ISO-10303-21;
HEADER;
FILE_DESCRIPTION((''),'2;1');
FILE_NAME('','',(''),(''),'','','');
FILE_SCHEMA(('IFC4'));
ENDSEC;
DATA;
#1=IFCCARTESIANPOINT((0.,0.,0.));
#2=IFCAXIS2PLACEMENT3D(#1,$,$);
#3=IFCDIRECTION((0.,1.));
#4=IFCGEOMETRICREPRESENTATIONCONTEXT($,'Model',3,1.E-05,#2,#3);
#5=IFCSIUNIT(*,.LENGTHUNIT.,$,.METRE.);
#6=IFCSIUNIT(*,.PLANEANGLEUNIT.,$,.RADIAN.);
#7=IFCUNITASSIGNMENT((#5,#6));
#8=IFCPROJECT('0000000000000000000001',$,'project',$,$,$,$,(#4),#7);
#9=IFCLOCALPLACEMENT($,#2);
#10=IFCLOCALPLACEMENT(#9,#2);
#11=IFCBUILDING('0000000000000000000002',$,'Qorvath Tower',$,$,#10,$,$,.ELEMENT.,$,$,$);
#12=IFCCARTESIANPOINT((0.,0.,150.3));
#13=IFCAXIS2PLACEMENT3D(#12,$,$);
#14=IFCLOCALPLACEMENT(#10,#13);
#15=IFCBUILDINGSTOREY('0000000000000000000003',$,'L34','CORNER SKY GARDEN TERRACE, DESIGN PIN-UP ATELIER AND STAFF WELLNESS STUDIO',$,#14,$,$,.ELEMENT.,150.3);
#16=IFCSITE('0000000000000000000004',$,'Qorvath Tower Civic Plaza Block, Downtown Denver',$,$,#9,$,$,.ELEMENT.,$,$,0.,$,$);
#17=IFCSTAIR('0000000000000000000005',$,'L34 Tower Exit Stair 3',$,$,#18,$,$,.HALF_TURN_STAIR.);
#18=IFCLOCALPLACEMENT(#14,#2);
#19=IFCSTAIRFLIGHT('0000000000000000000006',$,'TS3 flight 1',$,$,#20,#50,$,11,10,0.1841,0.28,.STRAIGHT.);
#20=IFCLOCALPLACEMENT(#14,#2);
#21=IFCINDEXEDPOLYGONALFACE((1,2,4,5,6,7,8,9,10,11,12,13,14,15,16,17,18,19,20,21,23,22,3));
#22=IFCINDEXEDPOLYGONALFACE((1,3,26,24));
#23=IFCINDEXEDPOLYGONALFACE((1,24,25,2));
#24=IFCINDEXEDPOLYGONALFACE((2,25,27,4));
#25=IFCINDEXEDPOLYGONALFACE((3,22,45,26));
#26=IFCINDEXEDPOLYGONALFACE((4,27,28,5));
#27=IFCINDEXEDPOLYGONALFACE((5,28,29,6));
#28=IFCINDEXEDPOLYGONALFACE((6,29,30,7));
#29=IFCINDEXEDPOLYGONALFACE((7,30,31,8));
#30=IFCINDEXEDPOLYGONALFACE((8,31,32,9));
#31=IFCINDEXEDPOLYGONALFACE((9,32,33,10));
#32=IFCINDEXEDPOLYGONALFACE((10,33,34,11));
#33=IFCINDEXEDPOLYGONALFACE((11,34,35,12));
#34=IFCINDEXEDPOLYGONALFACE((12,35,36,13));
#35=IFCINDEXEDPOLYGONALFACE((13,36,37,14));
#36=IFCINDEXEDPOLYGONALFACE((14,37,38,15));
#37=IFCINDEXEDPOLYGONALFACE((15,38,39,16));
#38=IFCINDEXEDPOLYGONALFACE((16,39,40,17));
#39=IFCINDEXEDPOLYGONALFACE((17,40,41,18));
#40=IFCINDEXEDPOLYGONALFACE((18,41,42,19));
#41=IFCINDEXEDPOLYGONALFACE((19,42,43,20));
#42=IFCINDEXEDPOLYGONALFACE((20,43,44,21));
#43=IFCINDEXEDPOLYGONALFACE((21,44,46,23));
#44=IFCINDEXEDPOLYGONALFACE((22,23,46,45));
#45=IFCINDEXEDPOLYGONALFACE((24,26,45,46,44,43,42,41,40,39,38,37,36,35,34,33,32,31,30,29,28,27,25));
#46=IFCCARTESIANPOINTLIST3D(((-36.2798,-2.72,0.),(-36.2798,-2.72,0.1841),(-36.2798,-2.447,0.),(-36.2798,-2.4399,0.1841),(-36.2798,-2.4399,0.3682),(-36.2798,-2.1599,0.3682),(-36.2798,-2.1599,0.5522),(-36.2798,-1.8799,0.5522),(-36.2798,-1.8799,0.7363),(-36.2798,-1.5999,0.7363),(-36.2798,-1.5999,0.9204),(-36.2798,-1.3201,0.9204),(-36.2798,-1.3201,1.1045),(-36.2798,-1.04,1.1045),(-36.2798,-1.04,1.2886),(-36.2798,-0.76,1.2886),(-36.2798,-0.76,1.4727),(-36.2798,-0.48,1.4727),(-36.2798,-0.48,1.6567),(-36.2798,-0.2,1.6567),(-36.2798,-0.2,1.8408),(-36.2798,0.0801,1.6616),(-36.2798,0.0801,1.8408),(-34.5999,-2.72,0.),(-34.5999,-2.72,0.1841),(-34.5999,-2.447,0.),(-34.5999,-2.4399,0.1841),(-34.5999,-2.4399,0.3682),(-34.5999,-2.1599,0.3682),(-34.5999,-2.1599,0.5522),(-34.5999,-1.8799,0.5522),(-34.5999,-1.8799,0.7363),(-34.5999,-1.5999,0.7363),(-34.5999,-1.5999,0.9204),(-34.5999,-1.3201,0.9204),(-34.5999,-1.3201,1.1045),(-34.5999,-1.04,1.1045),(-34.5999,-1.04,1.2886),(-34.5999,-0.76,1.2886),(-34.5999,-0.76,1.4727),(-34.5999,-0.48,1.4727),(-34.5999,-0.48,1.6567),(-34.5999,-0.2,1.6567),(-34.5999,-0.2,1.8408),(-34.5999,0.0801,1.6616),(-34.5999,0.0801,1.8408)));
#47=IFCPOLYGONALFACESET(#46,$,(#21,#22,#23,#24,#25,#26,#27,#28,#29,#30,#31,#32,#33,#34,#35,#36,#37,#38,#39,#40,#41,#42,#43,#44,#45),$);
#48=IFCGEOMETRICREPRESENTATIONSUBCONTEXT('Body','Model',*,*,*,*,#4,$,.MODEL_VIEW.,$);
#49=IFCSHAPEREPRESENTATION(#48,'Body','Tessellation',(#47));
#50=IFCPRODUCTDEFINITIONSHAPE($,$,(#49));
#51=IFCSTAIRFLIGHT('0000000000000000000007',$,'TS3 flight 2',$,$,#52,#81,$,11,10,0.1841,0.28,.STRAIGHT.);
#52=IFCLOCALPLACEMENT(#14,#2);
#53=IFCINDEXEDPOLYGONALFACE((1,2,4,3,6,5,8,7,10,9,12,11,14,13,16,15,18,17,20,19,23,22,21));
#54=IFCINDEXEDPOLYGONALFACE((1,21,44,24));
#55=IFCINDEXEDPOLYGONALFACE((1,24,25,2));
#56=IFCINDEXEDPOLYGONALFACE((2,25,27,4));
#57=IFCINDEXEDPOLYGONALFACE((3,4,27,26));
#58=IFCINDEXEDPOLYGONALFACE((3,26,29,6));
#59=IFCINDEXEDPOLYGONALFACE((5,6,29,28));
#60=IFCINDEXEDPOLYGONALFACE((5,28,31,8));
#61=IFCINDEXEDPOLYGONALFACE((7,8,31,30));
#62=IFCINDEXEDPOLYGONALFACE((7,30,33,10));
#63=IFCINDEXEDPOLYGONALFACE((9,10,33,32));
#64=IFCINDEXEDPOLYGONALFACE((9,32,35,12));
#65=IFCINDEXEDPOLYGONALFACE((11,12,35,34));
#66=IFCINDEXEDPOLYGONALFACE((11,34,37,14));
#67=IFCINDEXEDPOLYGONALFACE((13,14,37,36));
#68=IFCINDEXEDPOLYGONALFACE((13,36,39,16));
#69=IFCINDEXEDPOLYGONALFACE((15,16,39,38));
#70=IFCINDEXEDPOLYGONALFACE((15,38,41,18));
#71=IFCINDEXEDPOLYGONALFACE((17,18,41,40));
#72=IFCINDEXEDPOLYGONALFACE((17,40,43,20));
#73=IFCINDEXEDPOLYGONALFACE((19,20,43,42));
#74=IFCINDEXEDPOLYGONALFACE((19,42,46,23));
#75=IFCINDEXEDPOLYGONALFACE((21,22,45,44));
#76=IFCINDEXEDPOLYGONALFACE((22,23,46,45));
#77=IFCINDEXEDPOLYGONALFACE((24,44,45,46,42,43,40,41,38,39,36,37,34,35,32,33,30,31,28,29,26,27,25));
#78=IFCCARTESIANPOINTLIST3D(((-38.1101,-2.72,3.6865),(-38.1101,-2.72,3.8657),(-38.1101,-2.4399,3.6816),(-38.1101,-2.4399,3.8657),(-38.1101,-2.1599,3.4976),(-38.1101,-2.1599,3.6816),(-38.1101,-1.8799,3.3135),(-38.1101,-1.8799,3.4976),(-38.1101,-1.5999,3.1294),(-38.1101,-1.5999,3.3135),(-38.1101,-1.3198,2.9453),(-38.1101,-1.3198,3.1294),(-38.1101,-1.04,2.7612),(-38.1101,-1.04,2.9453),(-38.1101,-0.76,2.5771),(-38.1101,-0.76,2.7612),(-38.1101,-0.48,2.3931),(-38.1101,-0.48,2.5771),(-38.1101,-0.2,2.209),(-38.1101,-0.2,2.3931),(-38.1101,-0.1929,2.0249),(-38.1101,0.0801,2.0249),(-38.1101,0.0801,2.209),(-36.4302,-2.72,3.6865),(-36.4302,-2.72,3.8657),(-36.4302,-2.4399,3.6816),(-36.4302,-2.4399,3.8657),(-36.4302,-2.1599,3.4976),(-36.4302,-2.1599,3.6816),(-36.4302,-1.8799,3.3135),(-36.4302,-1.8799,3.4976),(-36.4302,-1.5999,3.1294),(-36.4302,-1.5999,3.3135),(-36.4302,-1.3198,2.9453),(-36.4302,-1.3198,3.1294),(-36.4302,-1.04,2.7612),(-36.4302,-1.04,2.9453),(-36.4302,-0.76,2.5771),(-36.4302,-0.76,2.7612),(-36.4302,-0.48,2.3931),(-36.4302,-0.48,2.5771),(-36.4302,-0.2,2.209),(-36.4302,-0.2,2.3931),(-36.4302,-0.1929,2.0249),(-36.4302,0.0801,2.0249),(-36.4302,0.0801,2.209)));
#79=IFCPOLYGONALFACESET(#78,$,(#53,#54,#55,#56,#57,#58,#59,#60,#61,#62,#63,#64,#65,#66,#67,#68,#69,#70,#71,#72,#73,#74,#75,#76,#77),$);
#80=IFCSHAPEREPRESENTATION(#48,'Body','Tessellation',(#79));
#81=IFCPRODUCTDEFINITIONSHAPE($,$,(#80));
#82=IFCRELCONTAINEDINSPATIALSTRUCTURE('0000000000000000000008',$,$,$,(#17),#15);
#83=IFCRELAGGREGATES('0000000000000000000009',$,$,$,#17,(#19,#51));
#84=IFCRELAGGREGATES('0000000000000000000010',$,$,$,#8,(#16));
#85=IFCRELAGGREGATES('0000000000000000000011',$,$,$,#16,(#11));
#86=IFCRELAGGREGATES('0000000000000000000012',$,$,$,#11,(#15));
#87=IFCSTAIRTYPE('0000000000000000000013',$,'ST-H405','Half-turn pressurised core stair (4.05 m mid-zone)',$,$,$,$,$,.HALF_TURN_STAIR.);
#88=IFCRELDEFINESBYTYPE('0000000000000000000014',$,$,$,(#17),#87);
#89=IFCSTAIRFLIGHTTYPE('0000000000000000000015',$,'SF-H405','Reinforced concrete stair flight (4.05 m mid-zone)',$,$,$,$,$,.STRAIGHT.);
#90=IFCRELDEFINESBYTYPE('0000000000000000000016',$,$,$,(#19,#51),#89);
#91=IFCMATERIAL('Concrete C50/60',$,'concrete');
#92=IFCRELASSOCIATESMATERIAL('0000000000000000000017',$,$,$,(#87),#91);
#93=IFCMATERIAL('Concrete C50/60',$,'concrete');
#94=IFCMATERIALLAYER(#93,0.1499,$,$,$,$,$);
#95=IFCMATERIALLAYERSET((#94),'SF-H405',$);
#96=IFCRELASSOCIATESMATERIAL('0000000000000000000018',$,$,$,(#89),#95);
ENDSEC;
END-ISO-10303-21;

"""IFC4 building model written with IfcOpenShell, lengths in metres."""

from ifc_helpers import new_model, si_unit, direction, frame, origin, place, context, subcontext, project, spatial, polyline, outline, extrude, material, layer, layer_set, type_object, element, aggregate, save


model = new_model("IFC4")

# Units and contexts
model_context = context("Model", 3, precision=1e-05, world=origin(), true_north=direction((0.0, 1.0)))
body_context = subcontext(model_context, "Body", "Model", "MODEL_VIEW")
ifc_project = project(units=[si_unit("LENGTHUNIT", "METRE"), si_unit("PLANEANGLEUNIT", "RADIAN")], contexts=[model_context])

# Site, building, storey
site_placement = place(None, origin())
site = spatial("IfcSite", under=ifc_project, at=site_placement, Name="Qorvath Tower Civic Plaza Block, Downtown Denver", CompositionType="ELEMENT", RefElevation=0.0)
building_placement = place(site_placement, origin())
building = spatial("IfcBuilding", under=site, at=building_placement, Name="Qorvath Tower", CompositionType="ELEMENT")
storey_placement = place(building_placement, frame((0.0, 0.0, 150.3)))
storey = spatial("IfcBuildingStorey", under=building, at=storey_placement, Name="L34", Description="CORNER SKY GARDEN TERRACE, DESIGN PIN-UP ATELIER AND STAFF WELLNESS STUDIO", CompositionType="ELEMENT", Elevation=150.3)

# Stair, stair flights
ifc_material_1 = material(Name="Concrete C50/60", Category="concrete")
stair_type = type_object("IfcStairType", Name="ST-H405", Description="Half-turn pressurised core stair (4.05 m mid-zone)", PredefinedType="HALF_TURN_STAIR", material=ifc_material_1)
stair_placement = place(storey_placement, origin())
stair = element("IfcStair", 1, at=stair_placement, inside=storey, type_object=stair_type, Name="L34 Tower Exit Stair 3", PredefinedType="HALF_TURN_STAIR")
ifc_material_2 = material(Name="Concrete C50/60", Category="concrete")
ifc_layer_1 = layer(ifc_material_2, 0.1499)
ifc_layer_set_1 = layer_set([ifc_layer_1], Name="SF-H405")
stair_flight_type = type_object("IfcStairFlightType", Name="SF-H405", Description="Reinforced concrete stair flight (4.05 m mid-zone)", PredefinedType="STRAIGHT", material=ifc_layer_set_1)
stair_flight_1_placement = place(storey_placement, frame((-35.4399, -2.72, 0.0), z_axis=(0.0, 0.0, 1.0), x_axis=(0.0, 1.0, 0.0)))
stair_flight_1 = element("IfcStairFlight", 2, at=stair_flight_1_placement, type_object=stair_flight_type, Name="TS3 flight 1", NumberOfRisers=11, NumberOfTreads=10, PredefinedType="STRAIGHT", RiserHeight=0.1841, TreadLength=0.28, context=body_context, shape_type="SweptSolid", body=[
    extrude(outline(polyline([(0.0, 0.0), (0.0, 0.1841), (0.28, 0.1841), (0.28, 0.3682), (0.5601, 0.3682), (0.5601, 0.5522), (0.8401, 0.5522), (0.8401, 0.7363), (1.1201, 0.7363), (1.1201, 0.9204), (1.3999, 0.9204), (1.3999, 1.1045), (1.6799, 1.1045), (1.6799, 1.2886), (1.96, 1.2886), (1.96, 1.4727), (2.24, 1.4727), (2.24, 1.6567), (2.52, 1.6567), (2.52, 1.8408), (2.8, 1.8408), (2.8, 2.0249), (2.8, 1.6616), (0.2729, 0.0), (0.0, 0.0)])), frame((0.0, 0.8398, 0.0), z_axis=(0.0, -1.0, 0.0), x_axis=(1.0, 0.0, 0.0)), (0.0, 0.0, 1.0), 1.6799),
])
stair_flight_2_placement = place(storey_placement, frame((-37.27, 0.0801, 2.0249), z_axis=(0.0, 0.0, 1.0), x_axis=(0.0, -1.0, 0.0)))
stair_flight_2 = element("IfcStairFlight", 3, at=stair_flight_2_placement, type_object=stair_flight_type, Name="TS3 flight 2", NumberOfRisers=11, NumberOfTreads=10, PredefinedType="STRAIGHT", RiserHeight=0.1841, TreadLength=0.28, context=body_context, shape_type="SweptSolid", body=[
    extrude(outline(polyline([(0.0, 0.0), (0.0, 0.1841), (0.28, 0.1841), (0.28, 0.3682), (0.5601, 0.3682), (0.5601, 0.5522), (0.8401, 0.5522), (0.8401, 0.7363), (1.1201, 0.7363), (1.1201, 0.9204), (1.3999, 0.9204), (1.3999, 1.1045), (1.6799, 1.1045), (1.6799, 1.2886), (1.96, 1.2886), (1.96, 1.4727), (2.24, 1.4727), (2.24, 1.6567), (2.52, 1.6567), (2.52, 1.8408), (2.8, 1.8408), (2.8, 2.0249), (2.8, 1.6616), (0.2729, 0.0), (0.0, 0.0)])), frame((0.0, 0.8398, 0.0), z_axis=(0.0, -1.0, 0.0), x_axis=(1.0, 0.0, 0.0)), (0.0, 0.0, 1.0), 1.6799),
])
aggregate(stair, [stair_flight_1, stair_flight_2])

save(model, "model.ifc")
